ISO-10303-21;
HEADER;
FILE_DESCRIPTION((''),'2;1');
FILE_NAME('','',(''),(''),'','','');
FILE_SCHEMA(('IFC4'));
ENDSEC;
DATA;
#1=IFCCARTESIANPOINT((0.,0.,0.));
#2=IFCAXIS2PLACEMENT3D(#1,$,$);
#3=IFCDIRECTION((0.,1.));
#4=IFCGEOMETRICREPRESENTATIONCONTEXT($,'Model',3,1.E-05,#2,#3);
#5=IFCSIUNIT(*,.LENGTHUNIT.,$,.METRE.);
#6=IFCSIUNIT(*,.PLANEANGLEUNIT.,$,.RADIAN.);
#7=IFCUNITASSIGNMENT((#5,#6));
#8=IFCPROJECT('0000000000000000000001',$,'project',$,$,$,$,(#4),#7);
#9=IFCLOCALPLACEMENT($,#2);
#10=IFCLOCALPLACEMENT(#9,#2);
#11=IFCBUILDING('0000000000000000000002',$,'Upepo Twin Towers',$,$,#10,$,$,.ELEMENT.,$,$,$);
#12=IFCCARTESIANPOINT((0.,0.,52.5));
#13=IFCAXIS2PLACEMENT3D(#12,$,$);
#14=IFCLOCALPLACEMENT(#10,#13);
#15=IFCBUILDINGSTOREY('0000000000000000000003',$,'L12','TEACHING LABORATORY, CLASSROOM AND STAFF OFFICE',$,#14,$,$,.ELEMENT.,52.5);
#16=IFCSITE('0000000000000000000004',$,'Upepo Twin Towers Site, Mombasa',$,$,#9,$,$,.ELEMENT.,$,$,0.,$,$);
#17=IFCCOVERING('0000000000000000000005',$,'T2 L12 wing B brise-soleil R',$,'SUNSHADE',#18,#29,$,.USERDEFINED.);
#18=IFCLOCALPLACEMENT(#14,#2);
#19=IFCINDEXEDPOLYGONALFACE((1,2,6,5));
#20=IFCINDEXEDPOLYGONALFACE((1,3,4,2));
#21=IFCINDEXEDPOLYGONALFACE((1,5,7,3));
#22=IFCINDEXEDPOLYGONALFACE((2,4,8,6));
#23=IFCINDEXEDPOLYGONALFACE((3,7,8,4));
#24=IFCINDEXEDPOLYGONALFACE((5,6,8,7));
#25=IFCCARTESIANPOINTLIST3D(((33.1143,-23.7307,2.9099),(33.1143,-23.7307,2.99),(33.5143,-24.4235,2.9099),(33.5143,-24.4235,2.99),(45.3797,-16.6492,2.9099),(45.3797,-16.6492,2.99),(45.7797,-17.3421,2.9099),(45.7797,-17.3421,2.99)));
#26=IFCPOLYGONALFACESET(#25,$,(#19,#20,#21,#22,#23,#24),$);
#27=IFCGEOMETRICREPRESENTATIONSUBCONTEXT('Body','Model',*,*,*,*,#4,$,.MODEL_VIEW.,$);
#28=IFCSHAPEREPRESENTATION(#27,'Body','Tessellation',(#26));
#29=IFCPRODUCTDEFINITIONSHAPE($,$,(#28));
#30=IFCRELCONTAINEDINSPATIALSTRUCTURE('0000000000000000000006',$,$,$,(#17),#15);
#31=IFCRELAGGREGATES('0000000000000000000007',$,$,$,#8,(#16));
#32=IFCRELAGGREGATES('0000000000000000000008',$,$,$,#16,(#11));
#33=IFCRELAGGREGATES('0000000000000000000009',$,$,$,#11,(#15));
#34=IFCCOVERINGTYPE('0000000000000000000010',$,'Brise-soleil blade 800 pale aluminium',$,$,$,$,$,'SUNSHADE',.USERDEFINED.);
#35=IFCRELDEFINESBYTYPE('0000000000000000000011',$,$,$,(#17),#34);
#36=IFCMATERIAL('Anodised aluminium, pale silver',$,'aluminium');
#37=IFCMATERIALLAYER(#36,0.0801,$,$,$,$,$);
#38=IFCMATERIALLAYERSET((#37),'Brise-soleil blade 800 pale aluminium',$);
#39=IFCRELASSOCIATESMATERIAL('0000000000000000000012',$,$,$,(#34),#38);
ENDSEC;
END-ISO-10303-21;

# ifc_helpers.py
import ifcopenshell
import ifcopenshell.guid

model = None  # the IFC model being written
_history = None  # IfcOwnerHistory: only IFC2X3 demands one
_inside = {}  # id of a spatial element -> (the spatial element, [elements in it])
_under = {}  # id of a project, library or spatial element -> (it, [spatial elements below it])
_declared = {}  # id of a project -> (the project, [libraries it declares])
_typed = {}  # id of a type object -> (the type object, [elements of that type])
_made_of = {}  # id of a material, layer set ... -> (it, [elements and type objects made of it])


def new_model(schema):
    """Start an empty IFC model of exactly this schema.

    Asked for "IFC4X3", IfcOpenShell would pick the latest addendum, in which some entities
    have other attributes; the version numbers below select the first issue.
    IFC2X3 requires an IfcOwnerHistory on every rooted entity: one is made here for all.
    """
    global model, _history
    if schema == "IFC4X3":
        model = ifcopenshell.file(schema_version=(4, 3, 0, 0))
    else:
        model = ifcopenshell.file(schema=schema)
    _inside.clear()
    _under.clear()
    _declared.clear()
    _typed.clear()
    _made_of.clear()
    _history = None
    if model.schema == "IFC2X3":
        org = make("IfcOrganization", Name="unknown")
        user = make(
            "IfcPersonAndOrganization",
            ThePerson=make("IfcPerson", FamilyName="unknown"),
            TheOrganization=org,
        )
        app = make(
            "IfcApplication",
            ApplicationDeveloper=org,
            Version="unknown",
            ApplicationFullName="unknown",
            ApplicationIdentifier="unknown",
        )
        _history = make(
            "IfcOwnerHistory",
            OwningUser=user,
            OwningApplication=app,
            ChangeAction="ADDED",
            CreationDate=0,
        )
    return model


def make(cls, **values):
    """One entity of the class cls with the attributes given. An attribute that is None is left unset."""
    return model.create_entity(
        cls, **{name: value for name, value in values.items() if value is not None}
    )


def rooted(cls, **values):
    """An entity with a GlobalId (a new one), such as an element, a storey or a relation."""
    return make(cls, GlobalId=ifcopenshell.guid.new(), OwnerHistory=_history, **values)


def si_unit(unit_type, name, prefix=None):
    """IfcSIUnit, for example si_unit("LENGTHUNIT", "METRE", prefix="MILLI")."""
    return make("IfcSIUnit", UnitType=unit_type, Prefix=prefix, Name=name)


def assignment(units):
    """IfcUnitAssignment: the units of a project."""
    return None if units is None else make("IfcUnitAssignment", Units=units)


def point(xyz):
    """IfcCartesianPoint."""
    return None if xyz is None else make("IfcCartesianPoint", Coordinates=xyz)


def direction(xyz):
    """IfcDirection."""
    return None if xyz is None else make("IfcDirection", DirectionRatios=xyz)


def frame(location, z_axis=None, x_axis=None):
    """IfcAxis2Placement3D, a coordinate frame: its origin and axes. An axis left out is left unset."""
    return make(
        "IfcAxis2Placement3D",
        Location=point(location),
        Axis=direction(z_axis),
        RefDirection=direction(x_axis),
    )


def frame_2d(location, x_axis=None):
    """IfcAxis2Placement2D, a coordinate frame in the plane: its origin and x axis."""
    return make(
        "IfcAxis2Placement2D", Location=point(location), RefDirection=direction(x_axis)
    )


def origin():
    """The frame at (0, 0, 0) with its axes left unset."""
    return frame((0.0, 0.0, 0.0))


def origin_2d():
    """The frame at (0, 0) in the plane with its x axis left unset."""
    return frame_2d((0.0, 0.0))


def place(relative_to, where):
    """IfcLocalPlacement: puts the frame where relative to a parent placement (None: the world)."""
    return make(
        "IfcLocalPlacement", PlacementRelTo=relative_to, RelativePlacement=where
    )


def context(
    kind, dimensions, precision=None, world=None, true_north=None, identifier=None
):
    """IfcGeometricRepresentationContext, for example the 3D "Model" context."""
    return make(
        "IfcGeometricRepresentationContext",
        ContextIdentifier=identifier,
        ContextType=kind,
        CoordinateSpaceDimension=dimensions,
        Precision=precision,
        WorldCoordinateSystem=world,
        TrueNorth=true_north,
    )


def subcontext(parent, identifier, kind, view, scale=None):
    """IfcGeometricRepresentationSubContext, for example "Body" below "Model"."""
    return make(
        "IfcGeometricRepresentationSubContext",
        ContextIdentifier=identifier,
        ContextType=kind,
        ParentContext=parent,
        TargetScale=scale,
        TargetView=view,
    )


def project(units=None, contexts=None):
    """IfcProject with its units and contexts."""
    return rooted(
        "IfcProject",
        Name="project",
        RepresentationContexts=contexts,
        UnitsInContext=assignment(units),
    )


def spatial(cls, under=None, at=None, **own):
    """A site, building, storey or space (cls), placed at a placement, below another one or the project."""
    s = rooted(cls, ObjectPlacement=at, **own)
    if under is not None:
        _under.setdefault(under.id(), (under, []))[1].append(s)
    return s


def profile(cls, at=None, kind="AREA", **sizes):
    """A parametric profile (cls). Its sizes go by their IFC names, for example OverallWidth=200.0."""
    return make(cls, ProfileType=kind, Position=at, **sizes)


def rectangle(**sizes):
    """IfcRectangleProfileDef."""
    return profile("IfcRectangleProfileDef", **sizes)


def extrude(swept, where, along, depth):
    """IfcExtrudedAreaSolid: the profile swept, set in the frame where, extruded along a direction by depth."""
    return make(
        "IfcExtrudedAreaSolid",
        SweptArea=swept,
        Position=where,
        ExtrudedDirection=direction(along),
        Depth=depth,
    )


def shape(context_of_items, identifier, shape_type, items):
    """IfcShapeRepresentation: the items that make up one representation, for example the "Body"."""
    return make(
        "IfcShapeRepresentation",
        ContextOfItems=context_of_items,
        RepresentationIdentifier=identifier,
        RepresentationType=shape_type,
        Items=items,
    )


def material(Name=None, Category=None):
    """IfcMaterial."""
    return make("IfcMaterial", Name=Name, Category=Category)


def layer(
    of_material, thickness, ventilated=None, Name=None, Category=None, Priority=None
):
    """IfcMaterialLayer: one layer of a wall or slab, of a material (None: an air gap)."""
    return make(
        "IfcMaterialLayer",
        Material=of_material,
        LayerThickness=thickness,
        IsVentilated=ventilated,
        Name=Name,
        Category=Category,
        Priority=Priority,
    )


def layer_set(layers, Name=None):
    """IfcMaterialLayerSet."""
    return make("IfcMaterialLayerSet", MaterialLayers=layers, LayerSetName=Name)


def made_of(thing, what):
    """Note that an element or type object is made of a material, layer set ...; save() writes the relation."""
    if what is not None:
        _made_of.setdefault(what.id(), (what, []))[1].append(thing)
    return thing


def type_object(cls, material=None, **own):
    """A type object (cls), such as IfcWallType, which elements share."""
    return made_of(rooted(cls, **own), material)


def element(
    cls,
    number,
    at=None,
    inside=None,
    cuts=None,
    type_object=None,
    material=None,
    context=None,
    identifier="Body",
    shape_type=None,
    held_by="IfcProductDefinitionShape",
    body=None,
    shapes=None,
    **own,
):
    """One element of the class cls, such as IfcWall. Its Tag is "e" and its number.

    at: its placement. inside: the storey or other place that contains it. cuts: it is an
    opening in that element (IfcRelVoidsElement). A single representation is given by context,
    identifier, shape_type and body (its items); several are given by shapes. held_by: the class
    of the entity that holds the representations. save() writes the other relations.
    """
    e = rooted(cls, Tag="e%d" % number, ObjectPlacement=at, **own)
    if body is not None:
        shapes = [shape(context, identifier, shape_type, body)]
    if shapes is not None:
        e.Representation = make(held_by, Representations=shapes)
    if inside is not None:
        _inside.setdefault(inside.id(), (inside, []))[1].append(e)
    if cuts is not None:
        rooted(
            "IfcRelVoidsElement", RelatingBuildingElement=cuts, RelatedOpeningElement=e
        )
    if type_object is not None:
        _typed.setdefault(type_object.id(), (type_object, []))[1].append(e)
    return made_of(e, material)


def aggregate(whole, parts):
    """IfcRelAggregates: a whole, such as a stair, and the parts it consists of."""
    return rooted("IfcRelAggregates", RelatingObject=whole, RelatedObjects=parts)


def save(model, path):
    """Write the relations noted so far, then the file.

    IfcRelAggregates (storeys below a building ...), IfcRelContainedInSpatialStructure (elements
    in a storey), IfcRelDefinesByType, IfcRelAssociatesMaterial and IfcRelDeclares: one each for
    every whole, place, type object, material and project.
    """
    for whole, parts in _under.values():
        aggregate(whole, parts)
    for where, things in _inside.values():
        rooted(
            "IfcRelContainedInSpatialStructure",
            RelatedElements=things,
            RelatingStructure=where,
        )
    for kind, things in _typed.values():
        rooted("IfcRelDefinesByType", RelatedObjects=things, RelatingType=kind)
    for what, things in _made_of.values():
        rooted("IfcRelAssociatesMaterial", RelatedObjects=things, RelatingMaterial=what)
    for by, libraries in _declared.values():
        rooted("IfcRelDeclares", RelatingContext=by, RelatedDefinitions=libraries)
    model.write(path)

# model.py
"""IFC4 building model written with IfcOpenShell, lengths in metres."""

from ifc_helpers import new_model, si_unit, direction, frame, origin, origin_2d, place, context, subcontext, project, spatial, rectangle, extrude, material, layer, layer_set, type_object, element, save


model = new_model("IFC4")

# Units and contexts
model_context = context("Model", 3, precision=1e-05, world=origin(), true_north=direction((0.0, 1.0)))
body_context = subcontext(model_context, "Body", "Model", "MODEL_VIEW")
ifc_project = project(units=[si_unit("LENGTHUNIT", "METRE"), si_unit("PLANEANGLEUNIT", "RADIAN")], contexts=[model_context])

# Site, building, storey
site_placement = place(None, origin())
site = spatial("IfcSite", under=ifc_project, at=site_placement, Name="Upepo Twin Towers Site, Mombasa", CompositionType="ELEMENT", RefElevation=0.0)
building_placement = place(site_placement, origin())
building = spatial("IfcBuilding", under=site, at=building_placement, Name="Upepo Twin Towers", CompositionType="ELEMENT")
storey_placement = place(building_placement, frame((0.0, 0.0, 52.5)))
storey = spatial("IfcBuildingStorey", under=building, at=storey_placement, Name="L12", Description="TEACHING LABORATORY, CLASSROOM AND STAFF OFFICE", CompositionType="ELEMENT", Elevation=52.5)

# Covering
ifc_material_1 = material(Name="Anodised aluminium, pale silver", Category="aluminium")
ifc_layer_1 = layer(ifc_material_1, 0.0801)
ifc_layer_set_1 = layer_set([ifc_layer_1], Name="Brise-soleil blade 800 pale aluminium")
covering_type = type_object("IfcCoveringType", Name="Brise-soleil blade 800 pale aluminium", ElementType="SUNSHADE", PredefinedType="USERDEFINED", material=ifc_layer_set_1)
covering_placement = place(storey_placement, frame((39.447, -20.5364, 2.9099), z_axis=(0.0, 0.0, 1.0), x_axis=(-0.866025, -0.5, 0.0)))
element("IfcCovering", 1, at=covering_placement, inside=storey, type_object=covering_type, Name="T2 L12 wing B brise-soleil R", ObjectType="SUNSHADE", PredefinedType="USERDEFINED", context=body_context, shape_type="SweptSolid", body=[
    extrude(rectangle(XDim=14.1628, YDim=0.8, at=origin_2d()), origin(), (0.0, 0.0, 1.0), 0.0801),
])

save(model, "model.ifc")
